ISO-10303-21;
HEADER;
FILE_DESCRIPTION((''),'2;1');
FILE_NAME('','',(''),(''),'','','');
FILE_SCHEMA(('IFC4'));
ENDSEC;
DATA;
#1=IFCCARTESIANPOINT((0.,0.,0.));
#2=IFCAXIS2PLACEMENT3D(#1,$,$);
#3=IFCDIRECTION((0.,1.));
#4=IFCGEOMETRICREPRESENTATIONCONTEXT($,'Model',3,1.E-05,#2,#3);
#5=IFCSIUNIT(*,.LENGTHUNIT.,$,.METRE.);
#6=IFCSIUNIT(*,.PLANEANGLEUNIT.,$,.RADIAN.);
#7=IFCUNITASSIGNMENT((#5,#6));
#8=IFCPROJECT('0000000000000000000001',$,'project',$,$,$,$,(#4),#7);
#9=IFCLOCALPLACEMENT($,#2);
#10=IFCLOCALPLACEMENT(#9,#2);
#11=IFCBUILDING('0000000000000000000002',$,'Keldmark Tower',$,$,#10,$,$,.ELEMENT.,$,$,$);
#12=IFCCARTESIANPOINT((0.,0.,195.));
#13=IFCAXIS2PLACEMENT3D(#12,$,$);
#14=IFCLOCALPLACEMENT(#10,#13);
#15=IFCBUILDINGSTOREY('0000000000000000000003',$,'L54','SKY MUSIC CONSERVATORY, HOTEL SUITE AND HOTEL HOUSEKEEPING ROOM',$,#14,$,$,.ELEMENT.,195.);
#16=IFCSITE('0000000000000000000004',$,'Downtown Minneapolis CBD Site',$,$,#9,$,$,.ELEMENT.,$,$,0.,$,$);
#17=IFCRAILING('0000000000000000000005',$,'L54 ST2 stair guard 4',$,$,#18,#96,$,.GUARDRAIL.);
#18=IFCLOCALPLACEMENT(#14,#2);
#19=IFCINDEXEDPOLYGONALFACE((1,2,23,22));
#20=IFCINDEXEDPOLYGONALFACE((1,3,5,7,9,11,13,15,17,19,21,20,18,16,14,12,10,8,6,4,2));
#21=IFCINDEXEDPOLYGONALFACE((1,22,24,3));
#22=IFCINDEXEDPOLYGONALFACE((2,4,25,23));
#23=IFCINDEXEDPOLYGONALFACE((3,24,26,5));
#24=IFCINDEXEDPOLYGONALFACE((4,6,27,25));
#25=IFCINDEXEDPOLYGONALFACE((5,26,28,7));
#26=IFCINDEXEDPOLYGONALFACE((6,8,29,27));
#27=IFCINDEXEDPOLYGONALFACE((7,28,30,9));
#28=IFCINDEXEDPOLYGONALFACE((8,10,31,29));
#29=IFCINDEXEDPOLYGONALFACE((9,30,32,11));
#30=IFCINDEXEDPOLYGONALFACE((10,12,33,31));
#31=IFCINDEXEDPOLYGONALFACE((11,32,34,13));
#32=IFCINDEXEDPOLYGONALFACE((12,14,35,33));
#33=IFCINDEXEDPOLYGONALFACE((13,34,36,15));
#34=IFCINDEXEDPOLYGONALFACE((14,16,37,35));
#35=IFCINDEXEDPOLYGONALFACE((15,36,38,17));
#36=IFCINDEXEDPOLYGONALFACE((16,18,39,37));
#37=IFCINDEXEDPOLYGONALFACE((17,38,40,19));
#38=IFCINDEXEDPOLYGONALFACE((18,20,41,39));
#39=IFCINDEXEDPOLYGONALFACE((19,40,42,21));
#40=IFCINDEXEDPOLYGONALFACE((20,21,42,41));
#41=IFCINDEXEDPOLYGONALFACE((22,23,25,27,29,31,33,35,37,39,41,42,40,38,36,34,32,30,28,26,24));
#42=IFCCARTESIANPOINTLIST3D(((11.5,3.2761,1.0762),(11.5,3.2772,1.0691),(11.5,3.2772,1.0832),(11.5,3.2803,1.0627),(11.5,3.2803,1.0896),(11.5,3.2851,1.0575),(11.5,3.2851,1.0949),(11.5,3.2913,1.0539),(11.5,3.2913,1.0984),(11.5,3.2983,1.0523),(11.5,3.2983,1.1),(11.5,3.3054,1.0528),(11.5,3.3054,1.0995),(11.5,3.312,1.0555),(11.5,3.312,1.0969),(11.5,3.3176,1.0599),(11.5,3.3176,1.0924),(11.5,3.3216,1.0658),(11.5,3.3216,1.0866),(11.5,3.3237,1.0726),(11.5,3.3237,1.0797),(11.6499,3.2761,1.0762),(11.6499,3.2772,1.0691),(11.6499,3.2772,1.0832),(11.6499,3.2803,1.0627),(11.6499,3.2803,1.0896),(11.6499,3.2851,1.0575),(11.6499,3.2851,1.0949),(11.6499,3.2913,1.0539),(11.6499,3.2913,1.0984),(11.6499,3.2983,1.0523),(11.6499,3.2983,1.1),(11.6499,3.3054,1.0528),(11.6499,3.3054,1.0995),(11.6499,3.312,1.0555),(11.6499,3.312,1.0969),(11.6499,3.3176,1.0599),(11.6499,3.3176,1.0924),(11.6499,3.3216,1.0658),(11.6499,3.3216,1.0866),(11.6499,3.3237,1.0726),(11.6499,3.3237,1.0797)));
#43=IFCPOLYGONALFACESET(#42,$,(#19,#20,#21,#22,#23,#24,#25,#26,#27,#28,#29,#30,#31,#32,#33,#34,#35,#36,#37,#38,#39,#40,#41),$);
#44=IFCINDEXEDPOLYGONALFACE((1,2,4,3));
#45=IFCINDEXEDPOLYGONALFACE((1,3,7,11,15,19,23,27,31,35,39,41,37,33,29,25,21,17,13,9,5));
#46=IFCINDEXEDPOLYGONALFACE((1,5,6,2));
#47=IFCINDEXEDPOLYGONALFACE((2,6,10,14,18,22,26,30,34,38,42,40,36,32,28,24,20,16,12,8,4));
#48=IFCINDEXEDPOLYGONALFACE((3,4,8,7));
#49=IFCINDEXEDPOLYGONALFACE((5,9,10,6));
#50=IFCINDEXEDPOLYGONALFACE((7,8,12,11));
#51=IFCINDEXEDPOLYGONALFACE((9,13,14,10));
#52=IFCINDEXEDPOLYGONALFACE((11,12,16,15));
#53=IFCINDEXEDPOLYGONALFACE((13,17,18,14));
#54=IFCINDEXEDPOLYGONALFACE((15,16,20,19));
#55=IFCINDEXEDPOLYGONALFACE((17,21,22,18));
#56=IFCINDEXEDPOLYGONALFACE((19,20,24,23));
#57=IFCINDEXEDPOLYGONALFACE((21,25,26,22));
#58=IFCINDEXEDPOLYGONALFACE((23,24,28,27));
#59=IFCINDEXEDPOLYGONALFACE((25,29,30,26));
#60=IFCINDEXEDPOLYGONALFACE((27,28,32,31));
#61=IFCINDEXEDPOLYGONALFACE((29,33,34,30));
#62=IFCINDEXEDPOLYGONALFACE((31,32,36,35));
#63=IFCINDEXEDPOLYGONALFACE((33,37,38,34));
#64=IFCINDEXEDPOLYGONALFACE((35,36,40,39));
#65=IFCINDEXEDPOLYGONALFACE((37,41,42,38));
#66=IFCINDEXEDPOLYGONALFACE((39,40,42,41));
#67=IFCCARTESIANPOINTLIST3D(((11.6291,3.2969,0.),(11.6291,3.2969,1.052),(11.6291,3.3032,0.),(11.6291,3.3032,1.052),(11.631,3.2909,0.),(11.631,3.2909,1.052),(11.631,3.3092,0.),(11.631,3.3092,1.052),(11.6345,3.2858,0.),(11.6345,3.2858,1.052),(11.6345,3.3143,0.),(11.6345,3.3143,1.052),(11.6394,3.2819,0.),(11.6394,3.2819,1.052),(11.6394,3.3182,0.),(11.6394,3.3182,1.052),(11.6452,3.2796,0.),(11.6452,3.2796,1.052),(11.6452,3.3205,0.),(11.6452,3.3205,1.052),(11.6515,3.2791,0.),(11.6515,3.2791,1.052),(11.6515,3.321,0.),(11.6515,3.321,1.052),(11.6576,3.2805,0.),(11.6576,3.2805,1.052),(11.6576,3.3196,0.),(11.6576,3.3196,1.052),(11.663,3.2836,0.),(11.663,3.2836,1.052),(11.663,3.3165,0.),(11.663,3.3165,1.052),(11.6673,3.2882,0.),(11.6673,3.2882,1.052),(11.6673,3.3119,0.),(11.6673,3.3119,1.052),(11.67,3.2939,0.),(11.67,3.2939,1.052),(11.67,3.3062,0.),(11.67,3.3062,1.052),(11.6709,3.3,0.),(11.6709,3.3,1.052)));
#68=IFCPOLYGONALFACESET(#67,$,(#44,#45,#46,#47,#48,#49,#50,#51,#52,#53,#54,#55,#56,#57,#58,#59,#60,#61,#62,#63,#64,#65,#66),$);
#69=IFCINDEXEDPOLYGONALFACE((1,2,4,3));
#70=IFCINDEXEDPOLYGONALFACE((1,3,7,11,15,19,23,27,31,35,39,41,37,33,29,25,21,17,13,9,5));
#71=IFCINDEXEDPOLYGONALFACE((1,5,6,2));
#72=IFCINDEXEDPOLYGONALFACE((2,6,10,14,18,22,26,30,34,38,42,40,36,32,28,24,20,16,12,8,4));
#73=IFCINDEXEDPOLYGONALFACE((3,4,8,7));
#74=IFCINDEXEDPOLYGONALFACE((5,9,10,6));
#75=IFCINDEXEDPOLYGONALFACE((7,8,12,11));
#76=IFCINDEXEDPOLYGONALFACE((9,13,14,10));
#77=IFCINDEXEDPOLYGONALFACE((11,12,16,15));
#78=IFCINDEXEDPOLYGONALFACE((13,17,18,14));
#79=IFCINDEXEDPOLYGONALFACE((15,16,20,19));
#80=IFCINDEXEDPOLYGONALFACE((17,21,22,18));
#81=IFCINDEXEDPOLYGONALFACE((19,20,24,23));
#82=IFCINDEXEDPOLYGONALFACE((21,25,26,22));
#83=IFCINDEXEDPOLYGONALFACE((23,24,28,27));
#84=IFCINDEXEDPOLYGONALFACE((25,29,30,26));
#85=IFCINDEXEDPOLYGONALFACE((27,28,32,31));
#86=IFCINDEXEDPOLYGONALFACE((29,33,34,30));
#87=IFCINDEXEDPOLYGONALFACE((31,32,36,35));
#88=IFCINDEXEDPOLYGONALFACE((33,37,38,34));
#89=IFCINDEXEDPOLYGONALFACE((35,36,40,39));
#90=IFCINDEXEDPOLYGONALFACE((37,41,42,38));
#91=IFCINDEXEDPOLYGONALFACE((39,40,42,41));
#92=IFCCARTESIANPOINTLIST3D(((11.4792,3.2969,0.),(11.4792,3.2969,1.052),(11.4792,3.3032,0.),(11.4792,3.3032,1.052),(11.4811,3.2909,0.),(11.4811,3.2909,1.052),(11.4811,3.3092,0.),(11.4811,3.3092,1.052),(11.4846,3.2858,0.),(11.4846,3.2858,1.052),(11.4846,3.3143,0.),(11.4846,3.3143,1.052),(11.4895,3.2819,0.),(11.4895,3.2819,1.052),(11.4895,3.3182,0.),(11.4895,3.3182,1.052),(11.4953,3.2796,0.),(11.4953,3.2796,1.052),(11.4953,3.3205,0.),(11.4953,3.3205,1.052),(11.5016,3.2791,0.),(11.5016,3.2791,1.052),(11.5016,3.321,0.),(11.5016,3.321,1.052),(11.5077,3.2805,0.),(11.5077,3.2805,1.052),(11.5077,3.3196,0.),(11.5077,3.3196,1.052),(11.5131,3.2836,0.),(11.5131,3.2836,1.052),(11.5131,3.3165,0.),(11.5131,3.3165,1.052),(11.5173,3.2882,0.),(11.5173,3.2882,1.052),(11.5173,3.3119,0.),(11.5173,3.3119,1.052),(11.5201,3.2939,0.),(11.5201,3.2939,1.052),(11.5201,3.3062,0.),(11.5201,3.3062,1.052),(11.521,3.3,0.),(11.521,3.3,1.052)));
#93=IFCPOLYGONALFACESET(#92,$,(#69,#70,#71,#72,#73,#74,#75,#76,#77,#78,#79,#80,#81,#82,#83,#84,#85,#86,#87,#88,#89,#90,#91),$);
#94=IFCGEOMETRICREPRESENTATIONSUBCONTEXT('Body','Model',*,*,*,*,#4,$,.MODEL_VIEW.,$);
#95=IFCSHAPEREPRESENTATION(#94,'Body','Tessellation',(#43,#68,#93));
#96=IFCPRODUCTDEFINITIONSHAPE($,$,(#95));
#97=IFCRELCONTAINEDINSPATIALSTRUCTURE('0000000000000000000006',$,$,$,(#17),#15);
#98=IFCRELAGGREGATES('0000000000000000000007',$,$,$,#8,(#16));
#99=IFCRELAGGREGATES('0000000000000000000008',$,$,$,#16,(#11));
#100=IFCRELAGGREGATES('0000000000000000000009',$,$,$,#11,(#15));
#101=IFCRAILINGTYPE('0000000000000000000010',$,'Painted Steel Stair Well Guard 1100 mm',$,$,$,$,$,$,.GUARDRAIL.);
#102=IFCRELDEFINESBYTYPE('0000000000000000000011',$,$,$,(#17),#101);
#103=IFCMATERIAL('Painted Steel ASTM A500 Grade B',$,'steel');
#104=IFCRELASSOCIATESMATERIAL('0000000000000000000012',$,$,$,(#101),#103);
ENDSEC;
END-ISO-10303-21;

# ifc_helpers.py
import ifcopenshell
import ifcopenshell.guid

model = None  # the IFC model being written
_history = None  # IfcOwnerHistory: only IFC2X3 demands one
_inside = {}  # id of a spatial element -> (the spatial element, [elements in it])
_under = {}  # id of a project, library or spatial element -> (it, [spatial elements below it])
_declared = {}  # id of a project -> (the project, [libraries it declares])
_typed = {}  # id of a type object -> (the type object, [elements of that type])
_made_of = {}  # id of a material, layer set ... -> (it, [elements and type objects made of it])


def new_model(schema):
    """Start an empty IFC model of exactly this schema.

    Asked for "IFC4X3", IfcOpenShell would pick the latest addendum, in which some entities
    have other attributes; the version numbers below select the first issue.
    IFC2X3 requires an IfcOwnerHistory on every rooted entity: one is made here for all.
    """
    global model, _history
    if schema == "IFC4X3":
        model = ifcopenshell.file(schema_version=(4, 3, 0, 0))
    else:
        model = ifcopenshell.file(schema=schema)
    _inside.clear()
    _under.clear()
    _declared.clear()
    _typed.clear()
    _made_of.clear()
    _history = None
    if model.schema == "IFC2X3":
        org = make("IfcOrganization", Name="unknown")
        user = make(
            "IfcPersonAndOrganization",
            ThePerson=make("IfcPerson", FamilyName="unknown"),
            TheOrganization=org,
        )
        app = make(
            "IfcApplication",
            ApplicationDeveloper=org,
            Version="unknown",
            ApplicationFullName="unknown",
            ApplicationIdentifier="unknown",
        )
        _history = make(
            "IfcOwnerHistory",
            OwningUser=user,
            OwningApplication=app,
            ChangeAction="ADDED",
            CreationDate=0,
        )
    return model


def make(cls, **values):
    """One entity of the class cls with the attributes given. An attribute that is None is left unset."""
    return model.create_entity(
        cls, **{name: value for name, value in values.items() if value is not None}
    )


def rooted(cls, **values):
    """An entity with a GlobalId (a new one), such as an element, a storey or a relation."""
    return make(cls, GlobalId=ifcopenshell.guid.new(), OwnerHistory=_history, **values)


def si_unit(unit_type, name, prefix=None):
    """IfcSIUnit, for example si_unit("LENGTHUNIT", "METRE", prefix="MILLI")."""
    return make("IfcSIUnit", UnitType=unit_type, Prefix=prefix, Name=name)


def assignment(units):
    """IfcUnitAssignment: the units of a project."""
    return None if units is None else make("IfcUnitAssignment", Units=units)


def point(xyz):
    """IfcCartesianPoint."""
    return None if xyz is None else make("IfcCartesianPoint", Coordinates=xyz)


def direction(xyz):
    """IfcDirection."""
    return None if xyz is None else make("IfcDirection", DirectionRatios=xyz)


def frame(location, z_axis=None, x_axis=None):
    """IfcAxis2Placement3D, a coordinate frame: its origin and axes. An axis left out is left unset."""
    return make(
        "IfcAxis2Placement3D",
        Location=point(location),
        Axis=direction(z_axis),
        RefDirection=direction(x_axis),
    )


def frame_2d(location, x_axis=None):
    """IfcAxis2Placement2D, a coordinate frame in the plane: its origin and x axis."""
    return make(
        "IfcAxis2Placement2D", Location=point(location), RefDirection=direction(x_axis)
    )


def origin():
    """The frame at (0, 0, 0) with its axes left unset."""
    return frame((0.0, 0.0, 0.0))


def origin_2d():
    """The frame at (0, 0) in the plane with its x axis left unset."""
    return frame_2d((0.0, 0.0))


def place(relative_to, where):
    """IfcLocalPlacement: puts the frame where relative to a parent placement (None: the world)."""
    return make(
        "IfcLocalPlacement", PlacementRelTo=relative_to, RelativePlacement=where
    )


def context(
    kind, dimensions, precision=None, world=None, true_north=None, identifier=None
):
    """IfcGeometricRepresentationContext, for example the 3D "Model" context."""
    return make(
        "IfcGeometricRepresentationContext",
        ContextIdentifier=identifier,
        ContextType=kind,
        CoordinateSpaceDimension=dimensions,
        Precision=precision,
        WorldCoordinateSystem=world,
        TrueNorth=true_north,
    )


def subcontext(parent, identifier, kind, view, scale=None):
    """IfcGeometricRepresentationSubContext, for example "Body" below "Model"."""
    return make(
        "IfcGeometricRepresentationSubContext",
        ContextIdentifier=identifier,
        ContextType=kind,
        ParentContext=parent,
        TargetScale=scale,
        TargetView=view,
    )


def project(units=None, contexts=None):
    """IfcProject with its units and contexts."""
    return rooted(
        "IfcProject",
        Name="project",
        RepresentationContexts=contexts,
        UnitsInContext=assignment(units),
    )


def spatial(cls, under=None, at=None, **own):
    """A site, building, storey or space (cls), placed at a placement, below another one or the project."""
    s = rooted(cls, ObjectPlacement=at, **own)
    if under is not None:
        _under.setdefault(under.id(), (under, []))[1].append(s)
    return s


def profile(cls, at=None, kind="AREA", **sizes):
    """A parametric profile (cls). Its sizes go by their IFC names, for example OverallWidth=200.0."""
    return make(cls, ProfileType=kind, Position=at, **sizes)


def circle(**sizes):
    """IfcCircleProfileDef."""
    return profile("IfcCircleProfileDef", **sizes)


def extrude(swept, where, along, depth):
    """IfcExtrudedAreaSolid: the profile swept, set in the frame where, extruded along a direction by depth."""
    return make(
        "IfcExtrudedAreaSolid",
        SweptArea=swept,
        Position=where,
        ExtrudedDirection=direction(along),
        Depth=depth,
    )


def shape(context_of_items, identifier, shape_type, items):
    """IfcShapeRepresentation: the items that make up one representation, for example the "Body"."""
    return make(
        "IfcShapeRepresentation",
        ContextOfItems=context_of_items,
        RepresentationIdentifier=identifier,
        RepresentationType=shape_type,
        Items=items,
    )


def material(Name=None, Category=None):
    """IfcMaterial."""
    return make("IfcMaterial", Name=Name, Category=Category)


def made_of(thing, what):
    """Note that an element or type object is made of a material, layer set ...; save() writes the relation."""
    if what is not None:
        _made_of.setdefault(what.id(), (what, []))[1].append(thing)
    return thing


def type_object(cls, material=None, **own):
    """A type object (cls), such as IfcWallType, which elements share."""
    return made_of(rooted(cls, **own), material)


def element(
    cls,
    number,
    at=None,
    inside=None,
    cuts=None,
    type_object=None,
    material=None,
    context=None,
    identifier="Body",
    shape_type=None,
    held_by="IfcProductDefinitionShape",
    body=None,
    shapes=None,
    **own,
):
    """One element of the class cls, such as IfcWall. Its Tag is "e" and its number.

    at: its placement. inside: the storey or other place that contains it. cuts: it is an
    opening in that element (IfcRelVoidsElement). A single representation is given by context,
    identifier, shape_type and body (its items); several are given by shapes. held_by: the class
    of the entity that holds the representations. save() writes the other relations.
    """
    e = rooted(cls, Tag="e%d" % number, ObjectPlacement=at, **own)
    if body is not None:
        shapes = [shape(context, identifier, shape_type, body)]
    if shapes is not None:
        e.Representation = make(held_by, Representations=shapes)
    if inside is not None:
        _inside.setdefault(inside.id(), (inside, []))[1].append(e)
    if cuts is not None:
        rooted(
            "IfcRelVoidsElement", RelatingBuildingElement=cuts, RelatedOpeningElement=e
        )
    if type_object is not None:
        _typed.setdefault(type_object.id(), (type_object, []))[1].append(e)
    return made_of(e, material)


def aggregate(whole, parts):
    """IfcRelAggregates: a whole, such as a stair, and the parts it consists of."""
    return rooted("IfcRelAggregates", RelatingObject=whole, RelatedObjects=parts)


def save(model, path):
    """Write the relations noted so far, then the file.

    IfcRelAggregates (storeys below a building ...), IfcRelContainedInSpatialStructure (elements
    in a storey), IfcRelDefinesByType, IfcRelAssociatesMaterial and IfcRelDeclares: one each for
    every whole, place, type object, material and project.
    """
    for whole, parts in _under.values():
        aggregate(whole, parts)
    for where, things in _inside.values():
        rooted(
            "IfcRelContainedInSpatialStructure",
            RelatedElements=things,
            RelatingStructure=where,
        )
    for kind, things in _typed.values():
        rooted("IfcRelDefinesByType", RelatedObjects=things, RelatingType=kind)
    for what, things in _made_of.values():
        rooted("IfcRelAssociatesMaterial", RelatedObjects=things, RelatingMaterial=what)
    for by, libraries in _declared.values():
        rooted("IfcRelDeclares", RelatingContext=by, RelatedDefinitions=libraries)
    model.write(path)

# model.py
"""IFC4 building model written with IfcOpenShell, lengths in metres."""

from ifc_helpers import new_model, si_unit, direction, frame, origin, origin_2d, place, context, subcontext, project, spatial, circle, extrude, material, type_object, element, save


model = new_model("IFC4")

# Units and contexts
model_context = context("Model", 3, precision=1e-05, world=origin(), true_north=direction((0.0, 1.0)))
body_context = subcontext(model_context, "Body", "Model", "MODEL_VIEW")
ifc_project = project(units=[si_unit("LENGTHUNIT", "METRE"), si_unit("PLANEANGLEUNIT", "RADIAN")], contexts=[model_context])

# Site, building, storey
site_placement = place(None, origin())
site = spatial("IfcSite", under=ifc_project, at=site_placement, Name="Downtown Minneapolis CBD Site", CompositionType="ELEMENT", RefElevation=0.0)
building_placement = place(site_placement, origin())
building = spatial("IfcBuilding", under=site, at=building_placement, Name="Keldmark Tower", CompositionType="ELEMENT")
storey_placement = place(building_placement, frame((0.0, 0.0, 195.0)))
storey = spatial("IfcBuildingStorey", under=building, at=storey_placement, Name="L54", Description="SKY MUSIC CONSERVATORY, HOTEL SUITE AND HOTEL HOUSEKEEPING ROOM", CompositionType="ELEMENT", Elevation=195.0)

# Railing
ifc_material_1 = material(Name="Painted Steel ASTM A500 Grade B", Category="steel")
railing_type_1 = type_object("IfcRailingType", Name="Painted Steel Stair Well Guard 1100 mm", PredefinedType="GUARDRAIL", material=ifc_material_1)
railing_1_placement = place(storey_placement, frame((11.6499, 3.3, 0.0)))
element("IfcRailing", 1, at=railing_1_placement, inside=storey, type_object=railing_type_1, Name="L54 ST2 stair guard 4", PredefinedType="GUARDRAIL", context=body_context, shape_type="SweptSolid", body=[
    extrude(circle(Radius=0.0239, at=origin_2d()), frame((0.0, 0.0, 1.0762), z_axis=(-1.0, 0.0, 0.0), x_axis=(0.0, -1.0, 0.0)), (0.0, 0.0, 1.0), 0.1499),
    extrude(circle(Radius=0.021, at=origin_2d()), origin(), (0.0, 0.0, 1.0), 1.052),
    extrude(circle(Radius=0.021, at=origin_2d()), frame((-0.1499, 0.0, 0.0)), (0.0, 0.0, 1.0), 1.052),
])

save(model, "model.ifc")
